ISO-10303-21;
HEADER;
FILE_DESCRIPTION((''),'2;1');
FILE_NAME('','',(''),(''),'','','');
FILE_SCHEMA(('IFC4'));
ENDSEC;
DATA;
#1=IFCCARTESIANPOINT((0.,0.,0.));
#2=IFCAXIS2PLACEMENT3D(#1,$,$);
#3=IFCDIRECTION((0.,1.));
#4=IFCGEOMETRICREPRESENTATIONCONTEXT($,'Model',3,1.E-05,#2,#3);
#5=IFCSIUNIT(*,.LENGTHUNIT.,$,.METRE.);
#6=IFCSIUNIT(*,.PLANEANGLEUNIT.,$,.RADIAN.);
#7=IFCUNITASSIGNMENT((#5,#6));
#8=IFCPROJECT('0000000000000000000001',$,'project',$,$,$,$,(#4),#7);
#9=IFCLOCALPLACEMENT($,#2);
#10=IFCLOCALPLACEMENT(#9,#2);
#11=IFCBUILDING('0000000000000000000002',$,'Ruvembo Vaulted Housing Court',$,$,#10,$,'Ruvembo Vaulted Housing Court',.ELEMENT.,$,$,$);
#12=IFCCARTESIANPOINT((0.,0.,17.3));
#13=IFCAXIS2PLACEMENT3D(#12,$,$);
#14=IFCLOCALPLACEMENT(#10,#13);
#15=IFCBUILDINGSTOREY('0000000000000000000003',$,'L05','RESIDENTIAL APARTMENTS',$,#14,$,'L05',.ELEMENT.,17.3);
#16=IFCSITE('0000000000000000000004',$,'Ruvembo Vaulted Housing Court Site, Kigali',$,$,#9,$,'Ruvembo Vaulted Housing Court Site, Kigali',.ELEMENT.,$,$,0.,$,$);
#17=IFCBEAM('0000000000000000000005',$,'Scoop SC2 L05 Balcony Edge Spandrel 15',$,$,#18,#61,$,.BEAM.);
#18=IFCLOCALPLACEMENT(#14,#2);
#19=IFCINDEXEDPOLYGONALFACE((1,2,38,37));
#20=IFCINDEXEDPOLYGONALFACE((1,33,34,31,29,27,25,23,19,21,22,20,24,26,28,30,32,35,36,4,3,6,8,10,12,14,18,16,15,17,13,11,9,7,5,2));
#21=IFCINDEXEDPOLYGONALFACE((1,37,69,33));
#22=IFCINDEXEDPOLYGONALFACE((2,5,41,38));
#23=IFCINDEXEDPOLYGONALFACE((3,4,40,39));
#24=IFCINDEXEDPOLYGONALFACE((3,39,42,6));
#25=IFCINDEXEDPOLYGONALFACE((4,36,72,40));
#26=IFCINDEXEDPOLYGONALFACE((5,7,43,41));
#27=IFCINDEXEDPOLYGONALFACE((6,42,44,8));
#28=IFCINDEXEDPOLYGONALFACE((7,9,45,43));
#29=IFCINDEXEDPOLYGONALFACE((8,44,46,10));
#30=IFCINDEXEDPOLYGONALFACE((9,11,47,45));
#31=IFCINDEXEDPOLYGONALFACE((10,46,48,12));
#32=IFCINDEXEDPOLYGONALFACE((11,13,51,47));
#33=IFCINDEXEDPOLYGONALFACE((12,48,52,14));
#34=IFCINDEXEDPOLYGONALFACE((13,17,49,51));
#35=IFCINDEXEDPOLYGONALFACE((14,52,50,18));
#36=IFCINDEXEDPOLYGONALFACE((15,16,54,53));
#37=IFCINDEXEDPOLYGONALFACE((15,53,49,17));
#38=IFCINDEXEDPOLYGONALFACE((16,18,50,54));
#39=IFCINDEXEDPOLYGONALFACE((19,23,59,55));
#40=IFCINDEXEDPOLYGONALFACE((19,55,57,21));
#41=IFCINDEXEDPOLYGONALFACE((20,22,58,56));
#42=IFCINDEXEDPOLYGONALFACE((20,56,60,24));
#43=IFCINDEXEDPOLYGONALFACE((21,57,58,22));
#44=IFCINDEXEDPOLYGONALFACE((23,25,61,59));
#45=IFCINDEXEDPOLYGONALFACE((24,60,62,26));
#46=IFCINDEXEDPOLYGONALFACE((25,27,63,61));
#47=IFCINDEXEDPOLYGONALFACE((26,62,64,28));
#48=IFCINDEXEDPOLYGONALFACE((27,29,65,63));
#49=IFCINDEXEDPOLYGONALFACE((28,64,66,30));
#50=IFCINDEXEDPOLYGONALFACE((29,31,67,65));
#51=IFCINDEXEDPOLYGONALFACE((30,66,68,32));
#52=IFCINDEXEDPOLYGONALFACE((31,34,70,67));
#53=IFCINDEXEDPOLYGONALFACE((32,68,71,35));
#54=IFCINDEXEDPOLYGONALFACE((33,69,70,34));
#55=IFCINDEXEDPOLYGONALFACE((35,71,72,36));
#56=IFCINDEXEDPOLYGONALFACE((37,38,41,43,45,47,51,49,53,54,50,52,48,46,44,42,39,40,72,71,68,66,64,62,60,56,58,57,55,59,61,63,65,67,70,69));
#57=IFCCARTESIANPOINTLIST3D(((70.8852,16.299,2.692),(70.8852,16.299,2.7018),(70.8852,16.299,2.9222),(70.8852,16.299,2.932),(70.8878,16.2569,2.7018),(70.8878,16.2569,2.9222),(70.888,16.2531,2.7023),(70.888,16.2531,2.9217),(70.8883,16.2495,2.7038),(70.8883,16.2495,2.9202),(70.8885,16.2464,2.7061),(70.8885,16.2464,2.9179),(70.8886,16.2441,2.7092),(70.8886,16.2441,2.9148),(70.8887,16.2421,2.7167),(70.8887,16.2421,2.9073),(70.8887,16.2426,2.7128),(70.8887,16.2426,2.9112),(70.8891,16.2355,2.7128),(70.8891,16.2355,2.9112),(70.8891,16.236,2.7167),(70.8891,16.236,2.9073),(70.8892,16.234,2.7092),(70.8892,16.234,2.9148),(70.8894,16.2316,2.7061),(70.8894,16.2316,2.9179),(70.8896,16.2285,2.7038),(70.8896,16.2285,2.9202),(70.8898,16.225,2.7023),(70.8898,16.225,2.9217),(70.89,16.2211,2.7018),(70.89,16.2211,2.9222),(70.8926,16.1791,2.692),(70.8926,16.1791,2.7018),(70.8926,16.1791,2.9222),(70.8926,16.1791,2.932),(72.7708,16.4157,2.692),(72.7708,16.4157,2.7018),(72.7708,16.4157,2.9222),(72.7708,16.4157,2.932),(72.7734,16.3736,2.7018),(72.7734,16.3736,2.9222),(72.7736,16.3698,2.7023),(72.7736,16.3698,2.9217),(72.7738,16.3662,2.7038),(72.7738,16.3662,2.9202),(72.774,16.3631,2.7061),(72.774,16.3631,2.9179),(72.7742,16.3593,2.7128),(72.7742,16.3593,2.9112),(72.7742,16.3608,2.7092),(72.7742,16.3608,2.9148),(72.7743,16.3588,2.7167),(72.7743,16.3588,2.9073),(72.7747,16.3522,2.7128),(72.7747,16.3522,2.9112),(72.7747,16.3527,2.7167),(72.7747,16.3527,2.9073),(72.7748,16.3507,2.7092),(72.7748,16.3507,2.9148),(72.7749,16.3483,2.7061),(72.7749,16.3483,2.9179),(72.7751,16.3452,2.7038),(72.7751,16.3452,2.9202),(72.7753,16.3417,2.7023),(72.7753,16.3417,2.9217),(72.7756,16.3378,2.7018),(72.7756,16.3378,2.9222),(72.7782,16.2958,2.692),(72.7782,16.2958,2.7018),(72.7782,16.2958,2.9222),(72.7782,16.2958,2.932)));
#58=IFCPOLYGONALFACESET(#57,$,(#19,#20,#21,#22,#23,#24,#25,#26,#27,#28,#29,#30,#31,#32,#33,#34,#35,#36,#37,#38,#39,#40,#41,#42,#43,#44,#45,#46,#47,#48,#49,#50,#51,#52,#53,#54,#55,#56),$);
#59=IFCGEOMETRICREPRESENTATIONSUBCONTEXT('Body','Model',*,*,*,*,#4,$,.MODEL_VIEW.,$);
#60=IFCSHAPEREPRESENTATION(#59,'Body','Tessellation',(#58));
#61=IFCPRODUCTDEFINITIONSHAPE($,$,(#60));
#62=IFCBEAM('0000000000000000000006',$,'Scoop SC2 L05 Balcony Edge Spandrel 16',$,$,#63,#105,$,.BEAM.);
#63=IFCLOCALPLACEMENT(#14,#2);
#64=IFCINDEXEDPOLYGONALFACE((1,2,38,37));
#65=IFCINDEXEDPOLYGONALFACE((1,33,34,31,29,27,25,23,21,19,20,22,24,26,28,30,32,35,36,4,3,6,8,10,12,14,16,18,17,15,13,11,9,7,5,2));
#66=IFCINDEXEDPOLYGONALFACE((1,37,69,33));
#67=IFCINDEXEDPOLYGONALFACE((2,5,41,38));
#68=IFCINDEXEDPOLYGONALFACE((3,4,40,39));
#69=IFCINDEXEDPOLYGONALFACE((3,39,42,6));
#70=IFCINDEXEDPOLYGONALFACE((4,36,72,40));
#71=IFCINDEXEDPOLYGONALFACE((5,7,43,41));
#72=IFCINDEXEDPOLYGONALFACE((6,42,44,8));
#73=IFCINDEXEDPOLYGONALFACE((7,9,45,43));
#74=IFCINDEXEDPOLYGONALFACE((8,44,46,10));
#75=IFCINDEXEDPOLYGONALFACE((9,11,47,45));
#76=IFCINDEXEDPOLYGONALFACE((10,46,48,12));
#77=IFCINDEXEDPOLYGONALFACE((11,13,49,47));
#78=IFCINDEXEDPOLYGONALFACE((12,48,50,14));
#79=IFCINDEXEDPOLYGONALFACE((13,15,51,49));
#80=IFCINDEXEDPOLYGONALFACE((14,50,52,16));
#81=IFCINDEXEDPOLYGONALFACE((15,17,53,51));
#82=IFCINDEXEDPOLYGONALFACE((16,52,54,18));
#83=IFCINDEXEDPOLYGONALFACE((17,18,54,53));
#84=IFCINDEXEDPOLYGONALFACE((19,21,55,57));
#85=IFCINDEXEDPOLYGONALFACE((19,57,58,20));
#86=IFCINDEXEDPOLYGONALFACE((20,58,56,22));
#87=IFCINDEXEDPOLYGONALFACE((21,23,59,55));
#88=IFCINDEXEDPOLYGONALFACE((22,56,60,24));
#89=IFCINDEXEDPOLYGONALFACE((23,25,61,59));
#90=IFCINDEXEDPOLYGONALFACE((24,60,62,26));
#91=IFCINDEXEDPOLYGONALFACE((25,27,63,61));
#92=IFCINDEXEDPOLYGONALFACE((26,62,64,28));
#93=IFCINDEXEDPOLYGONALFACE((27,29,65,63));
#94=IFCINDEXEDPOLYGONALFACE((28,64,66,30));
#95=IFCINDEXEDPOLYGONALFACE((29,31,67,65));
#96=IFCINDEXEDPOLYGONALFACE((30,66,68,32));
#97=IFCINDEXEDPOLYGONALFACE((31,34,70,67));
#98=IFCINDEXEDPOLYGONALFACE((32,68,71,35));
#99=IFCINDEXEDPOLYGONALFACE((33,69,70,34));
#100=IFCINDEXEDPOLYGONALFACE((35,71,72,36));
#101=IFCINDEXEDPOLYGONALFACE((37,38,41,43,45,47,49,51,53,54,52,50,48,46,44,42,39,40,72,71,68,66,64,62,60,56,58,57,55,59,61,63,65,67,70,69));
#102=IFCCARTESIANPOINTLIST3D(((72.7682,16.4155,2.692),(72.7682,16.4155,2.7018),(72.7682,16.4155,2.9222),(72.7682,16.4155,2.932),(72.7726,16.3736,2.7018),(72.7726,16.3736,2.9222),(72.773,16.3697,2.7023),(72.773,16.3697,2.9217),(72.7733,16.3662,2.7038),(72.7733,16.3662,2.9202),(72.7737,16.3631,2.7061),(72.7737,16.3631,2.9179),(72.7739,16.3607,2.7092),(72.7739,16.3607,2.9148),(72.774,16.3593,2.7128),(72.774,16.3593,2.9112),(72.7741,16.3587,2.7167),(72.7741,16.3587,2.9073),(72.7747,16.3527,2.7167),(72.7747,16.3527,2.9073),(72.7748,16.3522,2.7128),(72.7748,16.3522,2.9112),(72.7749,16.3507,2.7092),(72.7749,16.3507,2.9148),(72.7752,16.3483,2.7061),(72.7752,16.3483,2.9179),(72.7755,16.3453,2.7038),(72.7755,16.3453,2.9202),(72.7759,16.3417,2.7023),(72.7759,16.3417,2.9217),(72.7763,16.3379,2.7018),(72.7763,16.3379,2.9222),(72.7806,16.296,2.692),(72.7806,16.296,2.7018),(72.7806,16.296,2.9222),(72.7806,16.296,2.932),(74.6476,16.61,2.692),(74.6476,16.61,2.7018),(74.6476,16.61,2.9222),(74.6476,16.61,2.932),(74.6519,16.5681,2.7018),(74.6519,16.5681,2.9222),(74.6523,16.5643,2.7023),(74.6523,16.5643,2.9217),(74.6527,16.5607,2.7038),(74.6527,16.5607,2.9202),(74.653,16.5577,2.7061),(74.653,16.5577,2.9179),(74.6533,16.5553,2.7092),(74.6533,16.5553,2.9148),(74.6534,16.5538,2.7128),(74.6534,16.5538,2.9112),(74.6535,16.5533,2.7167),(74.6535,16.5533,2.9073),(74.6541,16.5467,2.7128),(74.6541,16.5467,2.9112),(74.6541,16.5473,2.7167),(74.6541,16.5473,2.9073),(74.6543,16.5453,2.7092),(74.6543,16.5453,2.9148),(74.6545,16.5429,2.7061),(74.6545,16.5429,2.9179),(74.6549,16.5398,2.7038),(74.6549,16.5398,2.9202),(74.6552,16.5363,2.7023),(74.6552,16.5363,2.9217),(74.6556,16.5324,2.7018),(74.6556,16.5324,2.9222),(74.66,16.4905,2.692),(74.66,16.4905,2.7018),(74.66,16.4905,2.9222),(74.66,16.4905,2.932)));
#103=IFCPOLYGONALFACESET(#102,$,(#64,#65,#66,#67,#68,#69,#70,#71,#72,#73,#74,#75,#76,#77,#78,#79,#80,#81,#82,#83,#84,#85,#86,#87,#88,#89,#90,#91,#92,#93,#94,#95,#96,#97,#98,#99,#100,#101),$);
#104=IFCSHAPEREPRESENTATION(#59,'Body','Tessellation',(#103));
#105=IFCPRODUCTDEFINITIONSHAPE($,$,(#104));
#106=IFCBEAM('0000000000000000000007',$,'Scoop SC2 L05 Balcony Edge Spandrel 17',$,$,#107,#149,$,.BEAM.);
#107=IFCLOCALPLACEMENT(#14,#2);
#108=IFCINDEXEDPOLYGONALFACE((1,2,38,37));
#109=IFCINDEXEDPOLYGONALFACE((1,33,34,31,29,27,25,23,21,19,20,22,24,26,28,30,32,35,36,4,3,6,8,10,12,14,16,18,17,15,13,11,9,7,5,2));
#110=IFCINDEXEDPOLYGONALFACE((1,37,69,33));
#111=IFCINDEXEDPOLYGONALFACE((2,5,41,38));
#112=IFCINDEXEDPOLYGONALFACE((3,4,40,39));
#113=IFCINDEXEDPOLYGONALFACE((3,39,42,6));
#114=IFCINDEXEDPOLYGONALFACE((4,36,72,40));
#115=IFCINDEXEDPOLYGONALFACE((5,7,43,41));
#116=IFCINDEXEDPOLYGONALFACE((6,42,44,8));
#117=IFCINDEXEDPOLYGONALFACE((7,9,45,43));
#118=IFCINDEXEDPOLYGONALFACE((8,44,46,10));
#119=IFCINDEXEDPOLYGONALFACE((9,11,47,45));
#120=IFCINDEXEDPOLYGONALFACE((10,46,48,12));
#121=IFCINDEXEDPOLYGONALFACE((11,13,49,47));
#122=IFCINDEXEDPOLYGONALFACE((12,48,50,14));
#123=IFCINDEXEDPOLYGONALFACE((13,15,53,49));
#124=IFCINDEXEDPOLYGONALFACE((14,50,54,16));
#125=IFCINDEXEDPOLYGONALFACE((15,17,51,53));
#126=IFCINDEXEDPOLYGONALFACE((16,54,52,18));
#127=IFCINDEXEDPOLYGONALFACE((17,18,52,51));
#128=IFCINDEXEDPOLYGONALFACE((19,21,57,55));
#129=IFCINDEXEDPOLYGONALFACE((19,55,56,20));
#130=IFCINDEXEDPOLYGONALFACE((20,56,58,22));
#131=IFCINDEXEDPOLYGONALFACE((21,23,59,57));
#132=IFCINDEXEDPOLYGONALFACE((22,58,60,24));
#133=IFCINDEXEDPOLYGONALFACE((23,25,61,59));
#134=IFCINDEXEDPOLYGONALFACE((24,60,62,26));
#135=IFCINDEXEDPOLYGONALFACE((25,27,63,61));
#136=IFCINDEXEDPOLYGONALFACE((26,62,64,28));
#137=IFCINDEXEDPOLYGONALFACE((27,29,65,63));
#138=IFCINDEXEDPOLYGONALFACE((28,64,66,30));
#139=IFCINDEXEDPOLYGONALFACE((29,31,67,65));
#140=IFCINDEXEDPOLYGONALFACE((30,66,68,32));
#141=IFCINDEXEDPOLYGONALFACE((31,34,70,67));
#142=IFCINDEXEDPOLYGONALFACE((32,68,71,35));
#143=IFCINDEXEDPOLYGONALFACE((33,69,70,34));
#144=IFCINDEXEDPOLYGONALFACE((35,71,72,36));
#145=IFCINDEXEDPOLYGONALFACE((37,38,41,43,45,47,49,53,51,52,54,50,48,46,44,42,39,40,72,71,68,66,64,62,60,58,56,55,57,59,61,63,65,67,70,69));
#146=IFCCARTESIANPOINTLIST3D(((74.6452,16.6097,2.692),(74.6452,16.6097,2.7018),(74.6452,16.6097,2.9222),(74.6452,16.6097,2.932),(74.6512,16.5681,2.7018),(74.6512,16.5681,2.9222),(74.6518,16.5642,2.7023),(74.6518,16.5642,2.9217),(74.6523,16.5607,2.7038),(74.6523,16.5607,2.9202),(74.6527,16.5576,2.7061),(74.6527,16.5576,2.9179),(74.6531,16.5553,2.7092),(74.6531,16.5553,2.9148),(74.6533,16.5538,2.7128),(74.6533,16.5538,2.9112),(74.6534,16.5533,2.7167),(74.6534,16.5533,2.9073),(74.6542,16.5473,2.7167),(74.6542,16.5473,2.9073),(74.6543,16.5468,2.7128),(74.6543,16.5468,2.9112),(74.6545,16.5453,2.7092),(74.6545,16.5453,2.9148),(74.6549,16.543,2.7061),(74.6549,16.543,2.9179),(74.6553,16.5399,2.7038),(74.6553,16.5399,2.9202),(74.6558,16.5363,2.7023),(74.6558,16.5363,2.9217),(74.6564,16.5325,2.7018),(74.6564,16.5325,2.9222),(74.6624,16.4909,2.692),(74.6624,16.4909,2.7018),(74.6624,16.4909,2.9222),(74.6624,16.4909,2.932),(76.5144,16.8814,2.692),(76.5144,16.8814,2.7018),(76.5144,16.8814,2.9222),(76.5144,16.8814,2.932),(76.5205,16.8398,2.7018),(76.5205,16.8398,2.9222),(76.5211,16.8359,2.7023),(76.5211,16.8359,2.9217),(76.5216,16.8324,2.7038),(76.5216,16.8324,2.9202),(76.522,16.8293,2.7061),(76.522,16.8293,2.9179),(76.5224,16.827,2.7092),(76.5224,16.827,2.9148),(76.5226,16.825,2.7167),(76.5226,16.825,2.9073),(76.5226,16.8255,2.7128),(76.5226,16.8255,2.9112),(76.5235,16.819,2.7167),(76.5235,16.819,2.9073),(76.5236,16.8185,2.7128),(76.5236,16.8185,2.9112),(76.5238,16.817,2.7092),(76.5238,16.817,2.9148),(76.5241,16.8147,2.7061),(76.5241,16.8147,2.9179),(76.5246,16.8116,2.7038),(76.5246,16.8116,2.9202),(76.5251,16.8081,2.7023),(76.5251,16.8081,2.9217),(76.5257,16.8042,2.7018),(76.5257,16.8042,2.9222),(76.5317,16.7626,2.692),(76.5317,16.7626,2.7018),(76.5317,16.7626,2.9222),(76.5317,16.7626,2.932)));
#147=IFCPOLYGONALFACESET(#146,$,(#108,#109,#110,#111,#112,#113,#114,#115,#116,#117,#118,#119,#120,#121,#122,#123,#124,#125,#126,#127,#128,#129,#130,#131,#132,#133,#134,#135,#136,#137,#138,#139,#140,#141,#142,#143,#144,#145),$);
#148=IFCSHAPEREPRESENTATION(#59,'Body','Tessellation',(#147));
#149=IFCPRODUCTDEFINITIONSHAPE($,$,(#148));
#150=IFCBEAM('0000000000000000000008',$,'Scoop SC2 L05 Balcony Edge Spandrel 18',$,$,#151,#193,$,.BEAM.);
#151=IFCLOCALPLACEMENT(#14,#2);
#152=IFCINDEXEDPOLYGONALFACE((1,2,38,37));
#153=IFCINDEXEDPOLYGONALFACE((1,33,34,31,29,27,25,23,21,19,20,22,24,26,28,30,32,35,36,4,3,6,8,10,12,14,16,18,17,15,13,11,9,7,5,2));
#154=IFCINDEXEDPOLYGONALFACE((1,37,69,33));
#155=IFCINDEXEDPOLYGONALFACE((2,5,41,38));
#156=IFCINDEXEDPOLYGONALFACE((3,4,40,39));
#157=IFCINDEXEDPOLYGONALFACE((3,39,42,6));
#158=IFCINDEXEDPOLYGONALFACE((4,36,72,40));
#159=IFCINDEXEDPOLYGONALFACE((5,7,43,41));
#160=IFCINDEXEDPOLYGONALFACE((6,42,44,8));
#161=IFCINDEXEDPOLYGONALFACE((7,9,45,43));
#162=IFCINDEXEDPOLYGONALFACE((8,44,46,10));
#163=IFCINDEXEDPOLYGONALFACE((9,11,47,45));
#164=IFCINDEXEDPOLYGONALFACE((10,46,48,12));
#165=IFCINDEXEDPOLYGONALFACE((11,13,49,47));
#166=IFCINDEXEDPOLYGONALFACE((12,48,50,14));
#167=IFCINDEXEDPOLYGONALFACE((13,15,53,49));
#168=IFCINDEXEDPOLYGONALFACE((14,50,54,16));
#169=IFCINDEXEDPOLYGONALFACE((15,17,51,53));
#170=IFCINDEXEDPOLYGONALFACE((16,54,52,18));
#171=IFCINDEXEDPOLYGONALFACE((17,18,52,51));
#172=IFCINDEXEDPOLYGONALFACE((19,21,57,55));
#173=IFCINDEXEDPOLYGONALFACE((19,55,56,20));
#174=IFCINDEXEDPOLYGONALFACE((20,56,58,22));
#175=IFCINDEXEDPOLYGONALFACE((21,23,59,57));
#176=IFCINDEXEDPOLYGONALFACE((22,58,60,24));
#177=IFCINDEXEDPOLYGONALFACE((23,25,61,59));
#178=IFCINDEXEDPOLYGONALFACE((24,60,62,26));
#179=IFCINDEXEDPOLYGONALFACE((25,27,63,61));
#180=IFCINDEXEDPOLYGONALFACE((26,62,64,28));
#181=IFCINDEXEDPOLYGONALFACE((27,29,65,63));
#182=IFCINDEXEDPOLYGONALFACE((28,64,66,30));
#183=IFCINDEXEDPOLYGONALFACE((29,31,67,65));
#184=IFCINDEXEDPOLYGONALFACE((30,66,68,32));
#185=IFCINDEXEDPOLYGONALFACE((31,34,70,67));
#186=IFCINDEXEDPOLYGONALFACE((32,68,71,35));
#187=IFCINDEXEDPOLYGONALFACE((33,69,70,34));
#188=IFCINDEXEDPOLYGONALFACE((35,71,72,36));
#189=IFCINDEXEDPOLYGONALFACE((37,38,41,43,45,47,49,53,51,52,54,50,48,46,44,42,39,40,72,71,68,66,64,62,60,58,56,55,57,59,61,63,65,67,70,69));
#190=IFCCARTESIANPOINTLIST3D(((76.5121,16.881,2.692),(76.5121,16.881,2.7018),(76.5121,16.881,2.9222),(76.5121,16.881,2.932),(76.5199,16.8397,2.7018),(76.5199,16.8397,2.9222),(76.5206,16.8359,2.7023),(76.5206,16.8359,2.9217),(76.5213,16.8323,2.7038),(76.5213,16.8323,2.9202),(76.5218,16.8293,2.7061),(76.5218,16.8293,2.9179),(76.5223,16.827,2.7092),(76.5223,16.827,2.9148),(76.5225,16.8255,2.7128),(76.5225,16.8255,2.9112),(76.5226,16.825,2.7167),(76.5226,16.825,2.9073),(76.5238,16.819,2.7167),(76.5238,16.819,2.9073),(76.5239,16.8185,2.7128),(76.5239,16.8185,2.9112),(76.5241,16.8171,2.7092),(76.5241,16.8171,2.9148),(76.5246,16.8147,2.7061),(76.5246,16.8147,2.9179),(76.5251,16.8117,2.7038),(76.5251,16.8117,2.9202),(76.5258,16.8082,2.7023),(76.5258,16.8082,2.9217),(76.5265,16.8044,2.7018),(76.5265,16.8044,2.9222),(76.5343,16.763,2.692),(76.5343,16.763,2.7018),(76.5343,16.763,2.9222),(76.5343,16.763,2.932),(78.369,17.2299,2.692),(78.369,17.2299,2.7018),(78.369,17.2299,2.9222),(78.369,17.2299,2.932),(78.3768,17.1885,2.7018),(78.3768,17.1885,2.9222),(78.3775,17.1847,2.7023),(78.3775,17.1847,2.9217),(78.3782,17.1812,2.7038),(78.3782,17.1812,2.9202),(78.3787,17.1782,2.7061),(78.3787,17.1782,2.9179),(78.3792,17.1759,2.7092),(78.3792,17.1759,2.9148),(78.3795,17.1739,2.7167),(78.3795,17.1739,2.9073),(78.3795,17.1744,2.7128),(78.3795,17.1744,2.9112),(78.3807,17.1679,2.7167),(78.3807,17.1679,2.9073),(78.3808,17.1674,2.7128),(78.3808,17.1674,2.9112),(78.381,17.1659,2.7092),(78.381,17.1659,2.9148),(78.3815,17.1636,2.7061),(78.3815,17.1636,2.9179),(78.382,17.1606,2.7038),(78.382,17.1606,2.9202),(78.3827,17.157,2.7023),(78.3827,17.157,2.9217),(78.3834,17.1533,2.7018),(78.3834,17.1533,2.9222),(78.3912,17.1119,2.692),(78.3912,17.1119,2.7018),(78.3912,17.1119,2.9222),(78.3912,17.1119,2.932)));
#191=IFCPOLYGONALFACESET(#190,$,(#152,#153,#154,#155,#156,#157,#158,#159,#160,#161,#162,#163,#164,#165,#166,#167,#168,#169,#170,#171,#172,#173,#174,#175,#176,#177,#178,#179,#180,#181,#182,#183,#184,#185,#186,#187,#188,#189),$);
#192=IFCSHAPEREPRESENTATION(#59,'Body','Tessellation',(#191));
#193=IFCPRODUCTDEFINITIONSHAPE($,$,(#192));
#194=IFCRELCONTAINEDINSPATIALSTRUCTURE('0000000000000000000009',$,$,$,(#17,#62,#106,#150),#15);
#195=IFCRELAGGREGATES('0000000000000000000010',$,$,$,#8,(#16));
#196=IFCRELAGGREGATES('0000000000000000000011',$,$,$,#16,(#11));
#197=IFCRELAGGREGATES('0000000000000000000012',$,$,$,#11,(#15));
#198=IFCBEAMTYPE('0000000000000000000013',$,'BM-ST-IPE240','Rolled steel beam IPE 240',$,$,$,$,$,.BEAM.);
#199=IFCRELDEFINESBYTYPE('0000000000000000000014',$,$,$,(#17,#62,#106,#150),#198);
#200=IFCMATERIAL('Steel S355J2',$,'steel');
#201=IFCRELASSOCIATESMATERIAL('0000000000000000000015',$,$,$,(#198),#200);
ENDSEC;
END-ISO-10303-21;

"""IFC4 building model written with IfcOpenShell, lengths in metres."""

from ifc_helpers import new_model, si_unit, direction, frame, origin, origin_2d, place, context, subcontext, project, spatial, i_section, extrude, material, material_profile, profile_set, type_object, element, save


model = new_model("IFC4")

# Units and contexts
model_context = context("Model", 3, precision=1e-05, world=origin(), true_north=direction((0.0, 1.0)))
body_context = subcontext(model_context, "Body", "Model", "MODEL_VIEW")
ifc_project = project(units=[si_unit("LENGTHUNIT", "METRE"), si_unit("PLANEANGLEUNIT", "RADIAN")], contexts=[model_context])

# Site, building, storey
site_placement = place(None, origin())
site = spatial("IfcSite", under=ifc_project, at=site_placement, Name="Ruvembo Vaulted Housing Court Site, Kigali", LongName="Ruvembo Vaulted Housing Court Site, Kigali", CompositionType="ELEMENT", RefElevation=0.0)
building_placement = place(site_placement, origin())
building = spatial("IfcBuilding", under=site, at=building_placement, Name="Ruvembo Vaulted Housing Court", LongName="Ruvembo Vaulted Housing Court", CompositionType="ELEMENT")
storey_placement = place(building_placement, frame((0.0, 0.0, 17.3)))
storey = spatial("IfcBuildingStorey", under=building, at=storey_placement, Name="L05", Description="RESIDENTIAL APARTMENTS", LongName="L05", CompositionType="ELEMENT", Elevation=17.3)

# Beams
ifc_material_1 = material(Name="Steel S355J2", Category="steel")
ifc_material_profile_1 = material_profile(ifc_material_1, i_section(OverallWidth=0.1201, OverallDepth=0.24, WebThickness=0.0061, FlangeThickness=0.0098, FilletRadius=0.0149, at=origin_2d()), Name="IPE 240")
ifc_profile_set_1 = profile_set([ifc_material_profile_1], Name="Steel S355J2")
beam_type = type_object("IfcBeamType", Name="BM-ST-IPE240", Description="Rolled steel beam IPE 240", PredefinedType="BEAM", material=ifc_profile_set_1)
beam_1_placement = place(storey_placement, frame((70.8889, 16.239, 2.812), z_axis=(0.99809, 0.061775, 0.0), x_axis=(-0.061775, 0.99809, 0.0)))
element("IfcBeam", 1, at=beam_1_placement, inside=storey, type_object=beam_type, Name="Scoop SC2 L05 Balcony Edge Spandrel 15", PredefinedType="BEAM", context=body_context, shape_type="SweptSolid", body=[
    extrude(i_section(OverallWidth=0.1201, OverallDepth=0.24, WebThickness=0.0061, FlangeThickness=0.0098, FilletRadius=0.0149, at=origin_2d()), origin(), (0.0, 0.0, 1.0), 1.8892),
])
beam_2_placement = place(storey_placement, frame((72.7744, 16.3557, 2.812), z_axis=(0.994683, 0.102983, 0.0), x_axis=(-0.102983, 0.994683, 0.0)))
element("IfcBeam", 2, at=beam_2_placement, inside=storey, type_object=beam_type, Name="Scoop SC2 L05 Balcony Edge Spandrel 16", PredefinedType="BEAM", context=body_context, shape_type="SweptSolid", body=[
    extrude(i_section(OverallWidth=0.1201, OverallDepth=0.24, WebThickness=0.0061, FlangeThickness=0.0098, FilletRadius=0.0149, at=origin_2d()), origin(), (0.0, 0.0, 1.0), 1.8894),
])
beam_3_placement = place(storey_placement, frame((74.6538, 16.5503, 2.812), z_axis=(0.9896, 0.143845, 0.0), x_axis=(-0.143845, 0.9896, 0.0)))
element("IfcBeam", 3, at=beam_3_placement, inside=storey, type_object=beam_type, Name="Scoop SC2 L05 Balcony Edge Spandrel 17", PredefinedType="BEAM", context=body_context, shape_type="SweptSolid", body=[
    extrude(i_section(OverallWidth=0.1201, OverallDepth=0.24, WebThickness=0.0061, FlangeThickness=0.0098, FilletRadius=0.0149, at=origin_2d()), origin(), (0.0, 0.0, 1.0), 1.8889),
])
beam_4_placement = place(storey_placement, frame((76.5232, 16.822, 2.812), z_axis=(0.982805, 0.184647, 0.0), x_axis=(-0.184647, 0.982805, 0.0)))
element("IfcBeam", 4, at=beam_4_placement, inside=storey, type_object=beam_type, Name="Scoop SC2 L05 Balcony Edge Spandrel 18", PredefinedType="BEAM", context=body_context, shape_type="SweptSolid", body=[
    extrude(i_section(OverallWidth=0.1201, OverallDepth=0.24, WebThickness=0.0061, FlangeThickness=0.0098, FilletRadius=0.0149, at=origin_2d()), origin(), (0.0, 0.0, 1.0), 1.8894),
])

save(model, "model.ifc")
